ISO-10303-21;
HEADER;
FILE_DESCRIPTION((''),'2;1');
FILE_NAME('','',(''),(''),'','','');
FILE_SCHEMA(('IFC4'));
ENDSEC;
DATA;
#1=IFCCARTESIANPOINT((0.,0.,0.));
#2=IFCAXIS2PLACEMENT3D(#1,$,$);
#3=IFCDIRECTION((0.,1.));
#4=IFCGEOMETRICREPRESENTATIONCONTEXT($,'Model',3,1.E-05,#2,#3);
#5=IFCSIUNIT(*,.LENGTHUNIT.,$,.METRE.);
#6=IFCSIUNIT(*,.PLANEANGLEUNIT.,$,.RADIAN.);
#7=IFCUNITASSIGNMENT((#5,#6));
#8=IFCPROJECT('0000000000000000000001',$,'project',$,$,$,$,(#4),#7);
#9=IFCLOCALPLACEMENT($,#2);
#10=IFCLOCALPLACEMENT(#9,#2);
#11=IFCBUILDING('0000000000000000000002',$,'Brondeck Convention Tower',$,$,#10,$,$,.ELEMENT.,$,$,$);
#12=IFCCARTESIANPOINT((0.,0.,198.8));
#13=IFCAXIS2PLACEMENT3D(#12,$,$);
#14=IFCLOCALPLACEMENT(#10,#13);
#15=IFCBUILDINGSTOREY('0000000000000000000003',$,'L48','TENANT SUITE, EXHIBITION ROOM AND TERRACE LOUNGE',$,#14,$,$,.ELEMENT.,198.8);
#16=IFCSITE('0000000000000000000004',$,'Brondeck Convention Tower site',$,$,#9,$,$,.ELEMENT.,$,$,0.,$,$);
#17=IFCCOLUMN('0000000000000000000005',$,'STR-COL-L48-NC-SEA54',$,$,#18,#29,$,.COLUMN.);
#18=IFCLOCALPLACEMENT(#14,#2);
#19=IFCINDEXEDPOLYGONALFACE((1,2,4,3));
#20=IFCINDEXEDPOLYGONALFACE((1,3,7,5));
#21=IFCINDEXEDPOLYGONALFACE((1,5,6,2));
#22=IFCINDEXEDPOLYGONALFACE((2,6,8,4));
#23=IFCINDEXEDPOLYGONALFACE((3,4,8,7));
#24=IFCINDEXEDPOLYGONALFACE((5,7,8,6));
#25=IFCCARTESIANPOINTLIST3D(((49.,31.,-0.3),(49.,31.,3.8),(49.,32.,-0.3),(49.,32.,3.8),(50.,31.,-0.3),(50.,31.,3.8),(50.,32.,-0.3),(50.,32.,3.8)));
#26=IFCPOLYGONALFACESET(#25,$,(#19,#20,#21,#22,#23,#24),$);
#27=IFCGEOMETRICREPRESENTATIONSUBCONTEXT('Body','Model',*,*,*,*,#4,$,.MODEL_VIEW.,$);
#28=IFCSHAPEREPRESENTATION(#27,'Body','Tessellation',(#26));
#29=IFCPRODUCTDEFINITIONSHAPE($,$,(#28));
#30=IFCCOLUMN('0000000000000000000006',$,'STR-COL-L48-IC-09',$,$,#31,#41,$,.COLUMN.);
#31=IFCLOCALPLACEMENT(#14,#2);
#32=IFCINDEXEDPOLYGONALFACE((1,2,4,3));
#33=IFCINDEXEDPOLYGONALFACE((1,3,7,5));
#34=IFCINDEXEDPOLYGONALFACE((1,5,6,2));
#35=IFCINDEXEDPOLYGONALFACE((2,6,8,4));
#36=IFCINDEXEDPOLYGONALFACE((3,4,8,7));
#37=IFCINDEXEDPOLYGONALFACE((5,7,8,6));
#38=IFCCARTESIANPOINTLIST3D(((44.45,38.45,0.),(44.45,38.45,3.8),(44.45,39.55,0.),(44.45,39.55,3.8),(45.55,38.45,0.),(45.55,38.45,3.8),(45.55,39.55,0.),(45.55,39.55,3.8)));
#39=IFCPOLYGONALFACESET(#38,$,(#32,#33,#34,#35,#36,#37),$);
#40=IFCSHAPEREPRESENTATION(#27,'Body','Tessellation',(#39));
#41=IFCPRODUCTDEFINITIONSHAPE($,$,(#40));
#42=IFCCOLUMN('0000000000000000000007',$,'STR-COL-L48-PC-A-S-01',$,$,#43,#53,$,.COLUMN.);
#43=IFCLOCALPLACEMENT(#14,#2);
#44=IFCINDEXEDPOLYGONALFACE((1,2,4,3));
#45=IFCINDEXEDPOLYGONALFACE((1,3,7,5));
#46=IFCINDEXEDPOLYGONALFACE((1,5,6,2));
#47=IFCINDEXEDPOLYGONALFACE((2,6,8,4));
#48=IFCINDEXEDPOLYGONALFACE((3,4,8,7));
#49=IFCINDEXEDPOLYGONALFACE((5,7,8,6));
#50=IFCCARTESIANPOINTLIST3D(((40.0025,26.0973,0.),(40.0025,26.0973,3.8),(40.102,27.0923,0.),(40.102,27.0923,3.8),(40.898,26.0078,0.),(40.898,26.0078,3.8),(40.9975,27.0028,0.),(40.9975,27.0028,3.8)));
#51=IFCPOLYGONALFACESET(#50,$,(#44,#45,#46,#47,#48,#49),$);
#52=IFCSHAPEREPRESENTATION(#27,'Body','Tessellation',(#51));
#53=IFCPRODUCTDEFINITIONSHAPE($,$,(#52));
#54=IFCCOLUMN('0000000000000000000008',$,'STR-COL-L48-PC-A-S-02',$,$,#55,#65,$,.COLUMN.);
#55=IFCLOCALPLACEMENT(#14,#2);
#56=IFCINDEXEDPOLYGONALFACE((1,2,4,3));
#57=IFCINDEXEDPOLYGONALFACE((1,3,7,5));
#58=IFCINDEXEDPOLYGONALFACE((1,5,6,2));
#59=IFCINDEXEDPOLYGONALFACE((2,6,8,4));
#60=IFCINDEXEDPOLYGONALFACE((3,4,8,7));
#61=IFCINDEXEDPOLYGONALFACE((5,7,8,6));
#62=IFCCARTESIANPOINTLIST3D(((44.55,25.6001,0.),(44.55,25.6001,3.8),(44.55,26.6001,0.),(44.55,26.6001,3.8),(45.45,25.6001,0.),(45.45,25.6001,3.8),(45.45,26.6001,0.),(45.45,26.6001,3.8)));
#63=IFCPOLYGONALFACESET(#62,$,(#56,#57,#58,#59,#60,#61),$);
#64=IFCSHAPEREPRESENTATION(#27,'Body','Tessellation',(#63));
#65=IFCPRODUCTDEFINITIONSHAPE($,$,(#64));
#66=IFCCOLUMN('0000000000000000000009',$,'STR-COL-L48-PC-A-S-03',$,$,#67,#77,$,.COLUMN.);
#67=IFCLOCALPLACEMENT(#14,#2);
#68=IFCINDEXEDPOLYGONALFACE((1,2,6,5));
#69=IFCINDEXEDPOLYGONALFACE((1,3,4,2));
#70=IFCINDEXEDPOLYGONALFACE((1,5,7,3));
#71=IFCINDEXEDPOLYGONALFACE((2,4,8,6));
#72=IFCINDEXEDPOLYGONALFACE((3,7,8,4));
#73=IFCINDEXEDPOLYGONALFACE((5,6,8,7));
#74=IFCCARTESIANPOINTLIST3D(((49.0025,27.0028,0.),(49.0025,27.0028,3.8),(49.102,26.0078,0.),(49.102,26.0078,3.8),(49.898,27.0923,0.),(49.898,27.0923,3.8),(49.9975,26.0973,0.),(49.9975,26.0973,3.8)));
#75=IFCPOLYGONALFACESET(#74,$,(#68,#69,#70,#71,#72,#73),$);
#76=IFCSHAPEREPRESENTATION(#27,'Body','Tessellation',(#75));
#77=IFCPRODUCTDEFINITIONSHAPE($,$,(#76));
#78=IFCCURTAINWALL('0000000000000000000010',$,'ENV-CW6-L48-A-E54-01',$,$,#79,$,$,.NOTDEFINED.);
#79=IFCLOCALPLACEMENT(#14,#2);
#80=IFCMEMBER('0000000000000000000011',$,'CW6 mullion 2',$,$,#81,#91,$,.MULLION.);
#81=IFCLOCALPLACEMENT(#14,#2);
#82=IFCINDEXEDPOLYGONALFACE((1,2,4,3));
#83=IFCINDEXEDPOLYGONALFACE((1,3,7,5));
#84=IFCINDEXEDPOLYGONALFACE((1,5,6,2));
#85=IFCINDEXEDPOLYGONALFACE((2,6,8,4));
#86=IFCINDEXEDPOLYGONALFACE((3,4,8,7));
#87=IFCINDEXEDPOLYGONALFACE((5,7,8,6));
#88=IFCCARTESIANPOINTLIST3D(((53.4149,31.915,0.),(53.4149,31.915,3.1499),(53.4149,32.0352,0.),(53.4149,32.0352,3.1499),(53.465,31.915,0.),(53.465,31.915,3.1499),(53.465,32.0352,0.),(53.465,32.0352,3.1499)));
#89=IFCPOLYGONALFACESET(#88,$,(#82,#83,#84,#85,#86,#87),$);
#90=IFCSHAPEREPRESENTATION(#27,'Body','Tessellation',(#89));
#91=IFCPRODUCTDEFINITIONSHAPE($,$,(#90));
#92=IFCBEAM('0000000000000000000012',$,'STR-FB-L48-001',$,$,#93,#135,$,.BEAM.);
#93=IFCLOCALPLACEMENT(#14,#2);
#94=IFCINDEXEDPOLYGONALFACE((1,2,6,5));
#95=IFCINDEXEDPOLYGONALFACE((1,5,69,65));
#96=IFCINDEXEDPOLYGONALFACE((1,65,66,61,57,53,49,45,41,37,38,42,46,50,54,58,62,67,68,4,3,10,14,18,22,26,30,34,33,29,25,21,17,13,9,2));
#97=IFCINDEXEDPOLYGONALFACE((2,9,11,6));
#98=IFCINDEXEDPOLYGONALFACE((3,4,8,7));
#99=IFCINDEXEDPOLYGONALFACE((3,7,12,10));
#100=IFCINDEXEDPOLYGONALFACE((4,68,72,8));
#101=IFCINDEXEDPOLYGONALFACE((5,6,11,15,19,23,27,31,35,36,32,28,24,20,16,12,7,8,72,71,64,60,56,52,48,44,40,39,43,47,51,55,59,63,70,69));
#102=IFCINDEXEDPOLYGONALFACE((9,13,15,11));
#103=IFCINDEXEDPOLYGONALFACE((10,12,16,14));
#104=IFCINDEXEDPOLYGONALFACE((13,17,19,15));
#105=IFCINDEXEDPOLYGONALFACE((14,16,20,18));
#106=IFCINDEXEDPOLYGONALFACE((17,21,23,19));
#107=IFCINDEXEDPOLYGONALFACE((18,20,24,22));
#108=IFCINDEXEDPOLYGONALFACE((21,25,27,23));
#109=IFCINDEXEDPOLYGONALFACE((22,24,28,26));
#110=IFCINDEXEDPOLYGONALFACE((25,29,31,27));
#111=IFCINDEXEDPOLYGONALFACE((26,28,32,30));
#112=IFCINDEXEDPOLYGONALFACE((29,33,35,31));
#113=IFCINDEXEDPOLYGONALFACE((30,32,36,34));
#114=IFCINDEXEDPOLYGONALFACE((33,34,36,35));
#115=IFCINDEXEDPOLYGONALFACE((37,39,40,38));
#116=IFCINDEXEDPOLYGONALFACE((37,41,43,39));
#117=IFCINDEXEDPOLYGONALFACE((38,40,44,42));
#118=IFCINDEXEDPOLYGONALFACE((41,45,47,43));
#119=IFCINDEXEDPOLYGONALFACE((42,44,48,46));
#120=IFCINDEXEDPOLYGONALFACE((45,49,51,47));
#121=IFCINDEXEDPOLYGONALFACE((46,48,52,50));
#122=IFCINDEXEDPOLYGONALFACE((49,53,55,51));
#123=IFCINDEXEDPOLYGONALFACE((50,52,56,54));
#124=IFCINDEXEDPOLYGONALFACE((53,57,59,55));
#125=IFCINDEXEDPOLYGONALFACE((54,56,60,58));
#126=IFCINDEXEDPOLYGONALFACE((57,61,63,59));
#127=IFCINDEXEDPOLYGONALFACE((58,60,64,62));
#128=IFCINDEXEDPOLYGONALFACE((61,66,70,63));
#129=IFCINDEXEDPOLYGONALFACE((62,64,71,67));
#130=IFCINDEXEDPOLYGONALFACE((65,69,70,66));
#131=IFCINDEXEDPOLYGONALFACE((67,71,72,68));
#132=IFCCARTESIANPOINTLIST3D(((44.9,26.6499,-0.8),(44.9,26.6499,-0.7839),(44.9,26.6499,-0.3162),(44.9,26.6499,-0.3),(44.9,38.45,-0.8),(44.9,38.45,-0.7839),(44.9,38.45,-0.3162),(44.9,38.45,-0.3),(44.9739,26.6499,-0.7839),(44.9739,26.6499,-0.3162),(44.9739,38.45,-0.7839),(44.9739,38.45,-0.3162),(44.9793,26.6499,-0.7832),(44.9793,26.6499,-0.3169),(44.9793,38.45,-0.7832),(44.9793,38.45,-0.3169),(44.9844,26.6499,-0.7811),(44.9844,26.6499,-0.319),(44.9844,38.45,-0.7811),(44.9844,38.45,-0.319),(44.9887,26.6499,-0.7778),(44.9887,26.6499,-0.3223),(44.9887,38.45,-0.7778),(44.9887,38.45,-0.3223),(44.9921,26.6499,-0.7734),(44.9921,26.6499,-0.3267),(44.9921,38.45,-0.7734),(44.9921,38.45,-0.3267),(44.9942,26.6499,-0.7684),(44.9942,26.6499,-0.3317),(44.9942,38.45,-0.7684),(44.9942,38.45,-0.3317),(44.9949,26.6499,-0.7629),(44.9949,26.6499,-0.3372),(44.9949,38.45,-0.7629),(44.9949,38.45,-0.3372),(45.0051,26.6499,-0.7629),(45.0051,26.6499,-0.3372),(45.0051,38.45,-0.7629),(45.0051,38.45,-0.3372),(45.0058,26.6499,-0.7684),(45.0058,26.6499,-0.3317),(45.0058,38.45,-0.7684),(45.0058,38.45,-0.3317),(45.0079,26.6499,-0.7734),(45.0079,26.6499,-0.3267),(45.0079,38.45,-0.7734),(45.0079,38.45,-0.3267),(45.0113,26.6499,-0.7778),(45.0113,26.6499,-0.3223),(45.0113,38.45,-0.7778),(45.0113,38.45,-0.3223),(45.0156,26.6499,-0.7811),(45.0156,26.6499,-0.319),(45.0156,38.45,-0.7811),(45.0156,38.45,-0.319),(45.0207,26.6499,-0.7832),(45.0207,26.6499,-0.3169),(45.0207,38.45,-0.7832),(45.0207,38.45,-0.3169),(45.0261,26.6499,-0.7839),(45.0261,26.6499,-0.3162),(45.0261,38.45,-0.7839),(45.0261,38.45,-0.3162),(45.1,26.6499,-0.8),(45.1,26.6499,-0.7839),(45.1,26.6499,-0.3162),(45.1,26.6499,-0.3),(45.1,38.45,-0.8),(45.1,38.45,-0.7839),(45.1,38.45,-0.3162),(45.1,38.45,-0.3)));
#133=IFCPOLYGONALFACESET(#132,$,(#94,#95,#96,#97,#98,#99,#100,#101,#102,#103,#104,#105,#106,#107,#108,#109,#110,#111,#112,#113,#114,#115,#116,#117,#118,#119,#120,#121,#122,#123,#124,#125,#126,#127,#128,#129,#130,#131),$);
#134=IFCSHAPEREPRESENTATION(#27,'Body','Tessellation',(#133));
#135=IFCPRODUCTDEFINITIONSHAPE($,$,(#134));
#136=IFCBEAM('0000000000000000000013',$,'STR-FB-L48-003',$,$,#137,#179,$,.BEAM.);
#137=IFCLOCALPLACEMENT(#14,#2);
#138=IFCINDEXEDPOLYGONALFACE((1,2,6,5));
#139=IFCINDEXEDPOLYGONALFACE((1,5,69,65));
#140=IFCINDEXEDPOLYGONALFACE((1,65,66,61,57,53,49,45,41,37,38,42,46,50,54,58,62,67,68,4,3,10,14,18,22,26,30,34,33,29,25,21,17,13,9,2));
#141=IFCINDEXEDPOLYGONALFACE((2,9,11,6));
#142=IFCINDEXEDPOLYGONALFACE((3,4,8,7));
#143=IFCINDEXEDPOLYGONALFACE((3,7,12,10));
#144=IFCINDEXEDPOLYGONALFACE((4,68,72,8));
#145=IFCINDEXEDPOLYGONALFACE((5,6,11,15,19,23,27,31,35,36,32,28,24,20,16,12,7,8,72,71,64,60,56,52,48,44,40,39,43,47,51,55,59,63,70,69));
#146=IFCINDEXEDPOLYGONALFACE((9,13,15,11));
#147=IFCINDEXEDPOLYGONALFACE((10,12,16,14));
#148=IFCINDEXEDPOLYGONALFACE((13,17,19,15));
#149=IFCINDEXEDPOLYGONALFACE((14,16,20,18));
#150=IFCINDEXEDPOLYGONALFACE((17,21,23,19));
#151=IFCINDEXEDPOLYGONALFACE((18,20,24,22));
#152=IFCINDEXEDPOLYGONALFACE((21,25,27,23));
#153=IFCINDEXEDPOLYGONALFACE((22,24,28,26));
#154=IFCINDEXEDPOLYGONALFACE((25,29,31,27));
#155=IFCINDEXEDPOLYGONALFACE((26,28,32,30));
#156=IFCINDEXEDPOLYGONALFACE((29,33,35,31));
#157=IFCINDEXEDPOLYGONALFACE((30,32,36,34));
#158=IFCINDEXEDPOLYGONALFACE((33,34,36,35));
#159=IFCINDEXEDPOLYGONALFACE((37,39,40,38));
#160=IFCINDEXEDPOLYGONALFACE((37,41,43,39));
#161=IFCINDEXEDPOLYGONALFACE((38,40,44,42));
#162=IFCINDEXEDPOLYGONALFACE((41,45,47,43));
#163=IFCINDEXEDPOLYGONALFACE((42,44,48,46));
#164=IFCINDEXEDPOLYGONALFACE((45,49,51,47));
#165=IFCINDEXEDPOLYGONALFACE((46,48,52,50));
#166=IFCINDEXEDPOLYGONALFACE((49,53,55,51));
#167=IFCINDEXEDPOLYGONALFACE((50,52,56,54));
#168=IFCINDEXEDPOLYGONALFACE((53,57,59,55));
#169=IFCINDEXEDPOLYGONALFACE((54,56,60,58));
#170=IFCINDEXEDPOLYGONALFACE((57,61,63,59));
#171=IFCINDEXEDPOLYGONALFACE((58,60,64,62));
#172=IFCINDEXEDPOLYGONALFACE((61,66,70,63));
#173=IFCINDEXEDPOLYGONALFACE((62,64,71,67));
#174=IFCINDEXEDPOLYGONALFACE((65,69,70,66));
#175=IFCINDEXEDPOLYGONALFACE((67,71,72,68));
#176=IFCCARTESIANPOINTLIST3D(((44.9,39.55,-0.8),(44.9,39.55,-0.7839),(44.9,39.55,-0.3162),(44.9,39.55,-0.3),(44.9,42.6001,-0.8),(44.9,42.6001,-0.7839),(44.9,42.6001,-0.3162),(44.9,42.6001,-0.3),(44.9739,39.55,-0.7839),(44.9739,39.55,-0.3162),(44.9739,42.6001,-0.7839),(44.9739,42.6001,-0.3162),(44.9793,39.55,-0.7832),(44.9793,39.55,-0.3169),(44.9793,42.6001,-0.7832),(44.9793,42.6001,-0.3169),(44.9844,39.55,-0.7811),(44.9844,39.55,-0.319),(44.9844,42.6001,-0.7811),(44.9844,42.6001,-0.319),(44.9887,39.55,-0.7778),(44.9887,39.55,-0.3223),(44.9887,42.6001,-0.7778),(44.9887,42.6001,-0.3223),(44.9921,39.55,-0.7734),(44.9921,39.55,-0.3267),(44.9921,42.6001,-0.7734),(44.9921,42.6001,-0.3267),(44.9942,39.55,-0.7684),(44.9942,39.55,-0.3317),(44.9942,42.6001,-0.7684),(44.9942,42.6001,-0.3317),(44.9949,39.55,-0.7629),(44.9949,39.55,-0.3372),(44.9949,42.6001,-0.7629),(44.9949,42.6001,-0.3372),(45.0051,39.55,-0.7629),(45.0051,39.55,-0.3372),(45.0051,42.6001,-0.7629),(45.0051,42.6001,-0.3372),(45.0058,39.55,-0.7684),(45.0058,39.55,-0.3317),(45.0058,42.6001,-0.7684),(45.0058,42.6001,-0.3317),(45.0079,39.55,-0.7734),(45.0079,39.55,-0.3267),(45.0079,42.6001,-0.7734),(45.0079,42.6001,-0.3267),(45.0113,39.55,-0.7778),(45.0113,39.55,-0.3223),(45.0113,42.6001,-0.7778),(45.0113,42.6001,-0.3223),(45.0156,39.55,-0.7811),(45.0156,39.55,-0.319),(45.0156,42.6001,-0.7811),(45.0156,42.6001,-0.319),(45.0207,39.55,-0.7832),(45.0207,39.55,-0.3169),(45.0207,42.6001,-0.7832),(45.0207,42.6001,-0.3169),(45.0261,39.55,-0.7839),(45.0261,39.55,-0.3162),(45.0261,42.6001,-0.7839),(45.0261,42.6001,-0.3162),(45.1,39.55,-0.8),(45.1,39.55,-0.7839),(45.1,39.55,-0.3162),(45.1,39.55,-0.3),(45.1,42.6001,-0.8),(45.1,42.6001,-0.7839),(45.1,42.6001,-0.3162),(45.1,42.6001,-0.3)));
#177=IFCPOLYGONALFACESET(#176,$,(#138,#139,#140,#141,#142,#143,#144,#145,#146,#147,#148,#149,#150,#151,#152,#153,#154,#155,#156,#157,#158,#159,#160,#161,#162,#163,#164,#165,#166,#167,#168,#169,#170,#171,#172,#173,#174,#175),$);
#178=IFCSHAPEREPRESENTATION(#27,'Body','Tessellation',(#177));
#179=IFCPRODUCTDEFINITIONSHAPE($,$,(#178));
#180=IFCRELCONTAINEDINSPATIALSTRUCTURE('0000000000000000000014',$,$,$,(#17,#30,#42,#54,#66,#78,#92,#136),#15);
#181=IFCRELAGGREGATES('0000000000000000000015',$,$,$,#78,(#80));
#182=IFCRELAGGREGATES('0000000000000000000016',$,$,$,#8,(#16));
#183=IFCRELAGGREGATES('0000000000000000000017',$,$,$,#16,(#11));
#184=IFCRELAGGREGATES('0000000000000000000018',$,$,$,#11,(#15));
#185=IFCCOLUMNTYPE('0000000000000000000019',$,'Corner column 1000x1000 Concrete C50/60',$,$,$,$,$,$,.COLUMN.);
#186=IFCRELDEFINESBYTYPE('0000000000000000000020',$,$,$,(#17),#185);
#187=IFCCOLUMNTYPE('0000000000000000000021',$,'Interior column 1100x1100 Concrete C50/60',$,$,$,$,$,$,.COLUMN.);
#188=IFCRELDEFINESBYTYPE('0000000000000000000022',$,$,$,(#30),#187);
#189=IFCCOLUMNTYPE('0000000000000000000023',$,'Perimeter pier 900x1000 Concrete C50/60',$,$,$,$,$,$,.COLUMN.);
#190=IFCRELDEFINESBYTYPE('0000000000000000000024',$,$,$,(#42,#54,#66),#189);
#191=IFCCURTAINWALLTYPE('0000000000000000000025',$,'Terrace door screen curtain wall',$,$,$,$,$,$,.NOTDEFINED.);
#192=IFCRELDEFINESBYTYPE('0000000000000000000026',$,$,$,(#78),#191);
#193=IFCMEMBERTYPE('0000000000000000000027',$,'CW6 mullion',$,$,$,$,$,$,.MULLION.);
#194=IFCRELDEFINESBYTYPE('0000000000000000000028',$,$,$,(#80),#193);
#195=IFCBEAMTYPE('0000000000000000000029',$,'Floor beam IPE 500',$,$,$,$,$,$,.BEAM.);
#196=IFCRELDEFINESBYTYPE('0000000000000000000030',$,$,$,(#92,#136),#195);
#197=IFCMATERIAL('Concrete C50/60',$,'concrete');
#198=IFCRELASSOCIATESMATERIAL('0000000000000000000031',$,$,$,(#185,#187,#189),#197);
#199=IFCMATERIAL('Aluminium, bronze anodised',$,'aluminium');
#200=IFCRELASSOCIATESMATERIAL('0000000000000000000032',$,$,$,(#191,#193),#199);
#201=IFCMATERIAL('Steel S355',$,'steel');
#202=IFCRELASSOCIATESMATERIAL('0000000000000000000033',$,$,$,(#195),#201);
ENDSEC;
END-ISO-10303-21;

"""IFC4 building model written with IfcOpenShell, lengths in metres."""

from ifc_helpers import new_model, si_unit, direction, frame, origin, origin_2d, place, context, subcontext, project, spatial, rectangle, i_section, extrude, material, material_profile, profile_set, type_object, element, aggregate, save


model = new_model("IFC4")

# Units and contexts
model_context = context("Model", 3, precision=1e-05, world=origin(), true_north=direction((0.0, 1.0)))
body_context = subcontext(model_context, "Body", "Model", "MODEL_VIEW")
ifc_project = project(units=[si_unit("LENGTHUNIT", "METRE"), si_unit("PLANEANGLEUNIT", "RADIAN")], contexts=[model_context])

# Site, building, storey
site_placement = place(None, origin())
site = spatial("IfcSite", under=ifc_project, at=site_placement, Name="Brondeck Convention Tower site", CompositionType="ELEMENT", RefElevation=0.0)
building_placement = place(site_placement, origin())
building = spatial("IfcBuilding", under=site, at=building_placement, Name="Brondeck Convention Tower", CompositionType="ELEMENT")
storey_placement = place(building_placement, frame((0.0, 0.0, 198.8)))
storey = spatial("IfcBuildingStorey", under=building, at=storey_placement, Name="L48", Description="TENANT SUITE, EXHIBITION ROOM AND TERRACE LOUNGE", CompositionType="ELEMENT", Elevation=198.8)

# Columns
ifc_material_1 = material(Name="Concrete C50/60", Category="concrete")
ifc_material_profile_1 = material_profile(ifc_material_1, rectangle(XDim=1.0, YDim=1.0, at=origin_2d()), Name="Corner column 1000x1000 Concrete C50/60")
ifc_profile_set_1 = profile_set([ifc_material_profile_1], Name="Concrete C50/60")
column_type_1 = type_object("IfcColumnType", Name="Corner column 1000x1000 Concrete C50/60", PredefinedType="COLUMN", material=ifc_profile_set_1)
column_1_placement = place(storey_placement, frame((49.5, 31.5, -0.3), z_axis=(0.0, 0.0, 1.0), x_axis=(1.0, 0.0, 0.0)))
element("IfcColumn", 1, at=column_1_placement, inside=storey, type_object=column_type_1, Name="STR-COL-L48-NC-SEA54", PredefinedType="COLUMN", context=body_context, shape_type="SweptSolid", body=[
    extrude(rectangle(XDim=1.0, YDim=1.0, at=origin_2d()), origin(), (0.0, 0.0, 1.0), 4.1001),
])
ifc_material_profile_2 = material_profile(ifc_material_1, rectangle(XDim=1.1001, YDim=1.1001, at=origin_2d()), Name="Interior column 1100x1100 Concrete C50/60")
ifc_profile_set_2 = profile_set([ifc_material_profile_2], Name="Concrete C50/60")
column_type_2 = type_object("IfcColumnType", Name="Interior column 1100x1100 Concrete C50/60", PredefinedType="COLUMN", material=ifc_profile_set_2)
column_2_placement = place(storey_placement, frame((45.0, 39.0, 0.0), z_axis=(0.0, 0.0, 1.0), x_axis=(1.0, 0.0, 0.0)))
element("IfcColumn", 2, at=column_2_placement, inside=storey, type_object=column_type_2, Name="STR-COL-L48-IC-09", PredefinedType="COLUMN", context=body_context, shape_type="SweptSolid", body=[
    extrude(rectangle(XDim=1.1001, YDim=1.1001, at=origin_2d()), origin(), (0.0, 0.0, 1.0), 3.8),
])
ifc_material_profile_3 = material_profile(ifc_material_1, rectangle(XDim=0.8999, YDim=1.0, at=origin_2d()), Name="Perimeter pier 900x1000 Concrete C50/60")
ifc_profile_set_3 = profile_set([ifc_material_profile_3], Name="Concrete C50/60")
column_type_3 = type_object("IfcColumnType", Name="Perimeter pier 900x1000 Concrete C50/60", PredefinedType="COLUMN", material=ifc_profile_set_3)
for number, where, z_axis, x_axis, name in (
    (3, (40.5, 26.55, 0.0), (0.0, 0.0, 1.0), (0.995037, -0.099504, 0.0), "STR-COL-L48-PC-A-S-01"),
    (4, (45.0, 26.1001, 0.0), (0.0, 0.0, 1.0), (1.0, 0.0, 0.0), "STR-COL-L48-PC-A-S-02"),
    (5, (49.5, 26.55, 0.0), (0.0, 0.0, 1.0), (0.995037, 0.099504, 0.0), "STR-COL-L48-PC-A-S-03"),
):
    element("IfcColumn", number, at=place(storey_placement, frame(where, z_axis=z_axis, x_axis=x_axis)), inside=storey, type_object=column_type_3, Name=name, PredefinedType="COLUMN", context=body_context, shape_type="SweptSolid", body=[
        extrude(rectangle(XDim=0.8999, YDim=1.0, at=origin_2d()), origin(), (0.0, 0.0, 1.0), 3.8),
    ])

# Curtain wall, member
ifc_material_2 = material(Name="Aluminium, bronze anodised", Category="aluminium")
curtain_wall_type = type_object("IfcCurtainWallType", Name="Terrace door screen curtain wall", PredefinedType="NOTDEFINED", material=ifc_material_2)
curtain_wall_placement = place(storey_placement, origin())
curtain_wall = element("IfcCurtainWall", 6, at=curtain_wall_placement, inside=storey, type_object=curtain_wall_type, Name="ENV-CW6-L48-A-E54-01", PredefinedType="NOTDEFINED")
ifc_material_profile_4 = material_profile(ifc_material_2, rectangle(XDim=0.05, YDim=0.1201, at=origin_2d()), Name="CW6 mullion")
ifc_profile_set_4 = profile_set([ifc_material_profile_4], Name="Aluminium, bronze anodised")
member_type = type_object("IfcMemberType", Name="CW6 mullion", PredefinedType="MULLION", material=ifc_profile_set_4)
member_placement = place(storey_placement, frame((53.4399, 31.9751, 0.0), z_axis=(0.0, 0.0, 1.0), x_axis=(1.0, 0.0, 0.0)))
member = element("IfcMember", 7, at=member_placement, type_object=member_type, Name="CW6 mullion 2", PredefinedType="MULLION", context=body_context, shape_type="SweptSolid", body=[
    extrude(rectangle(XDim=0.05, YDim=0.1201, at=origin_2d()), origin(), (0.0, 0.0, 1.0), 3.1499),
])
aggregate(curtain_wall, [member])

# Beams
ifc_material_3 = material(Name="Steel S355", Category="steel")
ifc_material_profile_5 = material_profile(ifc_material_3, i_section(OverallWidth=0.2, OverallDepth=0.5, WebThickness=0.0103, FlangeThickness=0.0161, FilletRadius=0.021, at=origin_2d()), Name="IPE 500")
ifc_profile_set_5 = profile_set([ifc_material_profile_5], Name="Steel S355")
beam_type_1 = type_object("IfcBeamType", Name="Floor beam IPE 500", PredefinedType="BEAM", material=ifc_profile_set_5)
beam_1_placement = place(storey_placement, frame((45.0, 26.6499, -0.55), z_axis=(0.0, 1.0, 0.0), x_axis=(-1.0, 0.0, 0.0)))
element("IfcBeam", 8, at=beam_1_placement, inside=storey, type_object=beam_type_1, Name="STR-FB-L48-001", PredefinedType="BEAM", context=body_context, shape_type="SweptSolid", body=[
    extrude(i_section(OverallWidth=0.2, OverallDepth=0.5, WebThickness=0.0103, FlangeThickness=0.0161, FilletRadius=0.021, at=origin_2d()), origin(), (0.0, 0.0, 1.0), 11.8),
])
beam_2_placement = place(storey_placement, frame((45.0, 39.55, -0.55), z_axis=(0.0, 1.0, 0.0), x_axis=(-1.0, 0.0, 0.0)))
element("IfcBeam", 9, at=beam_2_placement, inside=storey, type_object=beam_type_1, Name="STR-FB-L48-003", PredefinedType="BEAM", context=body_context, shape_type="SweptSolid", body=[
    extrude(i_section(OverallWidth=0.2, OverallDepth=0.5, WebThickness=0.0103, FlangeThickness=0.0161, FilletRadius=0.021, at=origin_2d()), origin(), (0.0, 0.0, 1.0), 3.05),
])

save(model, "model.ifc")
